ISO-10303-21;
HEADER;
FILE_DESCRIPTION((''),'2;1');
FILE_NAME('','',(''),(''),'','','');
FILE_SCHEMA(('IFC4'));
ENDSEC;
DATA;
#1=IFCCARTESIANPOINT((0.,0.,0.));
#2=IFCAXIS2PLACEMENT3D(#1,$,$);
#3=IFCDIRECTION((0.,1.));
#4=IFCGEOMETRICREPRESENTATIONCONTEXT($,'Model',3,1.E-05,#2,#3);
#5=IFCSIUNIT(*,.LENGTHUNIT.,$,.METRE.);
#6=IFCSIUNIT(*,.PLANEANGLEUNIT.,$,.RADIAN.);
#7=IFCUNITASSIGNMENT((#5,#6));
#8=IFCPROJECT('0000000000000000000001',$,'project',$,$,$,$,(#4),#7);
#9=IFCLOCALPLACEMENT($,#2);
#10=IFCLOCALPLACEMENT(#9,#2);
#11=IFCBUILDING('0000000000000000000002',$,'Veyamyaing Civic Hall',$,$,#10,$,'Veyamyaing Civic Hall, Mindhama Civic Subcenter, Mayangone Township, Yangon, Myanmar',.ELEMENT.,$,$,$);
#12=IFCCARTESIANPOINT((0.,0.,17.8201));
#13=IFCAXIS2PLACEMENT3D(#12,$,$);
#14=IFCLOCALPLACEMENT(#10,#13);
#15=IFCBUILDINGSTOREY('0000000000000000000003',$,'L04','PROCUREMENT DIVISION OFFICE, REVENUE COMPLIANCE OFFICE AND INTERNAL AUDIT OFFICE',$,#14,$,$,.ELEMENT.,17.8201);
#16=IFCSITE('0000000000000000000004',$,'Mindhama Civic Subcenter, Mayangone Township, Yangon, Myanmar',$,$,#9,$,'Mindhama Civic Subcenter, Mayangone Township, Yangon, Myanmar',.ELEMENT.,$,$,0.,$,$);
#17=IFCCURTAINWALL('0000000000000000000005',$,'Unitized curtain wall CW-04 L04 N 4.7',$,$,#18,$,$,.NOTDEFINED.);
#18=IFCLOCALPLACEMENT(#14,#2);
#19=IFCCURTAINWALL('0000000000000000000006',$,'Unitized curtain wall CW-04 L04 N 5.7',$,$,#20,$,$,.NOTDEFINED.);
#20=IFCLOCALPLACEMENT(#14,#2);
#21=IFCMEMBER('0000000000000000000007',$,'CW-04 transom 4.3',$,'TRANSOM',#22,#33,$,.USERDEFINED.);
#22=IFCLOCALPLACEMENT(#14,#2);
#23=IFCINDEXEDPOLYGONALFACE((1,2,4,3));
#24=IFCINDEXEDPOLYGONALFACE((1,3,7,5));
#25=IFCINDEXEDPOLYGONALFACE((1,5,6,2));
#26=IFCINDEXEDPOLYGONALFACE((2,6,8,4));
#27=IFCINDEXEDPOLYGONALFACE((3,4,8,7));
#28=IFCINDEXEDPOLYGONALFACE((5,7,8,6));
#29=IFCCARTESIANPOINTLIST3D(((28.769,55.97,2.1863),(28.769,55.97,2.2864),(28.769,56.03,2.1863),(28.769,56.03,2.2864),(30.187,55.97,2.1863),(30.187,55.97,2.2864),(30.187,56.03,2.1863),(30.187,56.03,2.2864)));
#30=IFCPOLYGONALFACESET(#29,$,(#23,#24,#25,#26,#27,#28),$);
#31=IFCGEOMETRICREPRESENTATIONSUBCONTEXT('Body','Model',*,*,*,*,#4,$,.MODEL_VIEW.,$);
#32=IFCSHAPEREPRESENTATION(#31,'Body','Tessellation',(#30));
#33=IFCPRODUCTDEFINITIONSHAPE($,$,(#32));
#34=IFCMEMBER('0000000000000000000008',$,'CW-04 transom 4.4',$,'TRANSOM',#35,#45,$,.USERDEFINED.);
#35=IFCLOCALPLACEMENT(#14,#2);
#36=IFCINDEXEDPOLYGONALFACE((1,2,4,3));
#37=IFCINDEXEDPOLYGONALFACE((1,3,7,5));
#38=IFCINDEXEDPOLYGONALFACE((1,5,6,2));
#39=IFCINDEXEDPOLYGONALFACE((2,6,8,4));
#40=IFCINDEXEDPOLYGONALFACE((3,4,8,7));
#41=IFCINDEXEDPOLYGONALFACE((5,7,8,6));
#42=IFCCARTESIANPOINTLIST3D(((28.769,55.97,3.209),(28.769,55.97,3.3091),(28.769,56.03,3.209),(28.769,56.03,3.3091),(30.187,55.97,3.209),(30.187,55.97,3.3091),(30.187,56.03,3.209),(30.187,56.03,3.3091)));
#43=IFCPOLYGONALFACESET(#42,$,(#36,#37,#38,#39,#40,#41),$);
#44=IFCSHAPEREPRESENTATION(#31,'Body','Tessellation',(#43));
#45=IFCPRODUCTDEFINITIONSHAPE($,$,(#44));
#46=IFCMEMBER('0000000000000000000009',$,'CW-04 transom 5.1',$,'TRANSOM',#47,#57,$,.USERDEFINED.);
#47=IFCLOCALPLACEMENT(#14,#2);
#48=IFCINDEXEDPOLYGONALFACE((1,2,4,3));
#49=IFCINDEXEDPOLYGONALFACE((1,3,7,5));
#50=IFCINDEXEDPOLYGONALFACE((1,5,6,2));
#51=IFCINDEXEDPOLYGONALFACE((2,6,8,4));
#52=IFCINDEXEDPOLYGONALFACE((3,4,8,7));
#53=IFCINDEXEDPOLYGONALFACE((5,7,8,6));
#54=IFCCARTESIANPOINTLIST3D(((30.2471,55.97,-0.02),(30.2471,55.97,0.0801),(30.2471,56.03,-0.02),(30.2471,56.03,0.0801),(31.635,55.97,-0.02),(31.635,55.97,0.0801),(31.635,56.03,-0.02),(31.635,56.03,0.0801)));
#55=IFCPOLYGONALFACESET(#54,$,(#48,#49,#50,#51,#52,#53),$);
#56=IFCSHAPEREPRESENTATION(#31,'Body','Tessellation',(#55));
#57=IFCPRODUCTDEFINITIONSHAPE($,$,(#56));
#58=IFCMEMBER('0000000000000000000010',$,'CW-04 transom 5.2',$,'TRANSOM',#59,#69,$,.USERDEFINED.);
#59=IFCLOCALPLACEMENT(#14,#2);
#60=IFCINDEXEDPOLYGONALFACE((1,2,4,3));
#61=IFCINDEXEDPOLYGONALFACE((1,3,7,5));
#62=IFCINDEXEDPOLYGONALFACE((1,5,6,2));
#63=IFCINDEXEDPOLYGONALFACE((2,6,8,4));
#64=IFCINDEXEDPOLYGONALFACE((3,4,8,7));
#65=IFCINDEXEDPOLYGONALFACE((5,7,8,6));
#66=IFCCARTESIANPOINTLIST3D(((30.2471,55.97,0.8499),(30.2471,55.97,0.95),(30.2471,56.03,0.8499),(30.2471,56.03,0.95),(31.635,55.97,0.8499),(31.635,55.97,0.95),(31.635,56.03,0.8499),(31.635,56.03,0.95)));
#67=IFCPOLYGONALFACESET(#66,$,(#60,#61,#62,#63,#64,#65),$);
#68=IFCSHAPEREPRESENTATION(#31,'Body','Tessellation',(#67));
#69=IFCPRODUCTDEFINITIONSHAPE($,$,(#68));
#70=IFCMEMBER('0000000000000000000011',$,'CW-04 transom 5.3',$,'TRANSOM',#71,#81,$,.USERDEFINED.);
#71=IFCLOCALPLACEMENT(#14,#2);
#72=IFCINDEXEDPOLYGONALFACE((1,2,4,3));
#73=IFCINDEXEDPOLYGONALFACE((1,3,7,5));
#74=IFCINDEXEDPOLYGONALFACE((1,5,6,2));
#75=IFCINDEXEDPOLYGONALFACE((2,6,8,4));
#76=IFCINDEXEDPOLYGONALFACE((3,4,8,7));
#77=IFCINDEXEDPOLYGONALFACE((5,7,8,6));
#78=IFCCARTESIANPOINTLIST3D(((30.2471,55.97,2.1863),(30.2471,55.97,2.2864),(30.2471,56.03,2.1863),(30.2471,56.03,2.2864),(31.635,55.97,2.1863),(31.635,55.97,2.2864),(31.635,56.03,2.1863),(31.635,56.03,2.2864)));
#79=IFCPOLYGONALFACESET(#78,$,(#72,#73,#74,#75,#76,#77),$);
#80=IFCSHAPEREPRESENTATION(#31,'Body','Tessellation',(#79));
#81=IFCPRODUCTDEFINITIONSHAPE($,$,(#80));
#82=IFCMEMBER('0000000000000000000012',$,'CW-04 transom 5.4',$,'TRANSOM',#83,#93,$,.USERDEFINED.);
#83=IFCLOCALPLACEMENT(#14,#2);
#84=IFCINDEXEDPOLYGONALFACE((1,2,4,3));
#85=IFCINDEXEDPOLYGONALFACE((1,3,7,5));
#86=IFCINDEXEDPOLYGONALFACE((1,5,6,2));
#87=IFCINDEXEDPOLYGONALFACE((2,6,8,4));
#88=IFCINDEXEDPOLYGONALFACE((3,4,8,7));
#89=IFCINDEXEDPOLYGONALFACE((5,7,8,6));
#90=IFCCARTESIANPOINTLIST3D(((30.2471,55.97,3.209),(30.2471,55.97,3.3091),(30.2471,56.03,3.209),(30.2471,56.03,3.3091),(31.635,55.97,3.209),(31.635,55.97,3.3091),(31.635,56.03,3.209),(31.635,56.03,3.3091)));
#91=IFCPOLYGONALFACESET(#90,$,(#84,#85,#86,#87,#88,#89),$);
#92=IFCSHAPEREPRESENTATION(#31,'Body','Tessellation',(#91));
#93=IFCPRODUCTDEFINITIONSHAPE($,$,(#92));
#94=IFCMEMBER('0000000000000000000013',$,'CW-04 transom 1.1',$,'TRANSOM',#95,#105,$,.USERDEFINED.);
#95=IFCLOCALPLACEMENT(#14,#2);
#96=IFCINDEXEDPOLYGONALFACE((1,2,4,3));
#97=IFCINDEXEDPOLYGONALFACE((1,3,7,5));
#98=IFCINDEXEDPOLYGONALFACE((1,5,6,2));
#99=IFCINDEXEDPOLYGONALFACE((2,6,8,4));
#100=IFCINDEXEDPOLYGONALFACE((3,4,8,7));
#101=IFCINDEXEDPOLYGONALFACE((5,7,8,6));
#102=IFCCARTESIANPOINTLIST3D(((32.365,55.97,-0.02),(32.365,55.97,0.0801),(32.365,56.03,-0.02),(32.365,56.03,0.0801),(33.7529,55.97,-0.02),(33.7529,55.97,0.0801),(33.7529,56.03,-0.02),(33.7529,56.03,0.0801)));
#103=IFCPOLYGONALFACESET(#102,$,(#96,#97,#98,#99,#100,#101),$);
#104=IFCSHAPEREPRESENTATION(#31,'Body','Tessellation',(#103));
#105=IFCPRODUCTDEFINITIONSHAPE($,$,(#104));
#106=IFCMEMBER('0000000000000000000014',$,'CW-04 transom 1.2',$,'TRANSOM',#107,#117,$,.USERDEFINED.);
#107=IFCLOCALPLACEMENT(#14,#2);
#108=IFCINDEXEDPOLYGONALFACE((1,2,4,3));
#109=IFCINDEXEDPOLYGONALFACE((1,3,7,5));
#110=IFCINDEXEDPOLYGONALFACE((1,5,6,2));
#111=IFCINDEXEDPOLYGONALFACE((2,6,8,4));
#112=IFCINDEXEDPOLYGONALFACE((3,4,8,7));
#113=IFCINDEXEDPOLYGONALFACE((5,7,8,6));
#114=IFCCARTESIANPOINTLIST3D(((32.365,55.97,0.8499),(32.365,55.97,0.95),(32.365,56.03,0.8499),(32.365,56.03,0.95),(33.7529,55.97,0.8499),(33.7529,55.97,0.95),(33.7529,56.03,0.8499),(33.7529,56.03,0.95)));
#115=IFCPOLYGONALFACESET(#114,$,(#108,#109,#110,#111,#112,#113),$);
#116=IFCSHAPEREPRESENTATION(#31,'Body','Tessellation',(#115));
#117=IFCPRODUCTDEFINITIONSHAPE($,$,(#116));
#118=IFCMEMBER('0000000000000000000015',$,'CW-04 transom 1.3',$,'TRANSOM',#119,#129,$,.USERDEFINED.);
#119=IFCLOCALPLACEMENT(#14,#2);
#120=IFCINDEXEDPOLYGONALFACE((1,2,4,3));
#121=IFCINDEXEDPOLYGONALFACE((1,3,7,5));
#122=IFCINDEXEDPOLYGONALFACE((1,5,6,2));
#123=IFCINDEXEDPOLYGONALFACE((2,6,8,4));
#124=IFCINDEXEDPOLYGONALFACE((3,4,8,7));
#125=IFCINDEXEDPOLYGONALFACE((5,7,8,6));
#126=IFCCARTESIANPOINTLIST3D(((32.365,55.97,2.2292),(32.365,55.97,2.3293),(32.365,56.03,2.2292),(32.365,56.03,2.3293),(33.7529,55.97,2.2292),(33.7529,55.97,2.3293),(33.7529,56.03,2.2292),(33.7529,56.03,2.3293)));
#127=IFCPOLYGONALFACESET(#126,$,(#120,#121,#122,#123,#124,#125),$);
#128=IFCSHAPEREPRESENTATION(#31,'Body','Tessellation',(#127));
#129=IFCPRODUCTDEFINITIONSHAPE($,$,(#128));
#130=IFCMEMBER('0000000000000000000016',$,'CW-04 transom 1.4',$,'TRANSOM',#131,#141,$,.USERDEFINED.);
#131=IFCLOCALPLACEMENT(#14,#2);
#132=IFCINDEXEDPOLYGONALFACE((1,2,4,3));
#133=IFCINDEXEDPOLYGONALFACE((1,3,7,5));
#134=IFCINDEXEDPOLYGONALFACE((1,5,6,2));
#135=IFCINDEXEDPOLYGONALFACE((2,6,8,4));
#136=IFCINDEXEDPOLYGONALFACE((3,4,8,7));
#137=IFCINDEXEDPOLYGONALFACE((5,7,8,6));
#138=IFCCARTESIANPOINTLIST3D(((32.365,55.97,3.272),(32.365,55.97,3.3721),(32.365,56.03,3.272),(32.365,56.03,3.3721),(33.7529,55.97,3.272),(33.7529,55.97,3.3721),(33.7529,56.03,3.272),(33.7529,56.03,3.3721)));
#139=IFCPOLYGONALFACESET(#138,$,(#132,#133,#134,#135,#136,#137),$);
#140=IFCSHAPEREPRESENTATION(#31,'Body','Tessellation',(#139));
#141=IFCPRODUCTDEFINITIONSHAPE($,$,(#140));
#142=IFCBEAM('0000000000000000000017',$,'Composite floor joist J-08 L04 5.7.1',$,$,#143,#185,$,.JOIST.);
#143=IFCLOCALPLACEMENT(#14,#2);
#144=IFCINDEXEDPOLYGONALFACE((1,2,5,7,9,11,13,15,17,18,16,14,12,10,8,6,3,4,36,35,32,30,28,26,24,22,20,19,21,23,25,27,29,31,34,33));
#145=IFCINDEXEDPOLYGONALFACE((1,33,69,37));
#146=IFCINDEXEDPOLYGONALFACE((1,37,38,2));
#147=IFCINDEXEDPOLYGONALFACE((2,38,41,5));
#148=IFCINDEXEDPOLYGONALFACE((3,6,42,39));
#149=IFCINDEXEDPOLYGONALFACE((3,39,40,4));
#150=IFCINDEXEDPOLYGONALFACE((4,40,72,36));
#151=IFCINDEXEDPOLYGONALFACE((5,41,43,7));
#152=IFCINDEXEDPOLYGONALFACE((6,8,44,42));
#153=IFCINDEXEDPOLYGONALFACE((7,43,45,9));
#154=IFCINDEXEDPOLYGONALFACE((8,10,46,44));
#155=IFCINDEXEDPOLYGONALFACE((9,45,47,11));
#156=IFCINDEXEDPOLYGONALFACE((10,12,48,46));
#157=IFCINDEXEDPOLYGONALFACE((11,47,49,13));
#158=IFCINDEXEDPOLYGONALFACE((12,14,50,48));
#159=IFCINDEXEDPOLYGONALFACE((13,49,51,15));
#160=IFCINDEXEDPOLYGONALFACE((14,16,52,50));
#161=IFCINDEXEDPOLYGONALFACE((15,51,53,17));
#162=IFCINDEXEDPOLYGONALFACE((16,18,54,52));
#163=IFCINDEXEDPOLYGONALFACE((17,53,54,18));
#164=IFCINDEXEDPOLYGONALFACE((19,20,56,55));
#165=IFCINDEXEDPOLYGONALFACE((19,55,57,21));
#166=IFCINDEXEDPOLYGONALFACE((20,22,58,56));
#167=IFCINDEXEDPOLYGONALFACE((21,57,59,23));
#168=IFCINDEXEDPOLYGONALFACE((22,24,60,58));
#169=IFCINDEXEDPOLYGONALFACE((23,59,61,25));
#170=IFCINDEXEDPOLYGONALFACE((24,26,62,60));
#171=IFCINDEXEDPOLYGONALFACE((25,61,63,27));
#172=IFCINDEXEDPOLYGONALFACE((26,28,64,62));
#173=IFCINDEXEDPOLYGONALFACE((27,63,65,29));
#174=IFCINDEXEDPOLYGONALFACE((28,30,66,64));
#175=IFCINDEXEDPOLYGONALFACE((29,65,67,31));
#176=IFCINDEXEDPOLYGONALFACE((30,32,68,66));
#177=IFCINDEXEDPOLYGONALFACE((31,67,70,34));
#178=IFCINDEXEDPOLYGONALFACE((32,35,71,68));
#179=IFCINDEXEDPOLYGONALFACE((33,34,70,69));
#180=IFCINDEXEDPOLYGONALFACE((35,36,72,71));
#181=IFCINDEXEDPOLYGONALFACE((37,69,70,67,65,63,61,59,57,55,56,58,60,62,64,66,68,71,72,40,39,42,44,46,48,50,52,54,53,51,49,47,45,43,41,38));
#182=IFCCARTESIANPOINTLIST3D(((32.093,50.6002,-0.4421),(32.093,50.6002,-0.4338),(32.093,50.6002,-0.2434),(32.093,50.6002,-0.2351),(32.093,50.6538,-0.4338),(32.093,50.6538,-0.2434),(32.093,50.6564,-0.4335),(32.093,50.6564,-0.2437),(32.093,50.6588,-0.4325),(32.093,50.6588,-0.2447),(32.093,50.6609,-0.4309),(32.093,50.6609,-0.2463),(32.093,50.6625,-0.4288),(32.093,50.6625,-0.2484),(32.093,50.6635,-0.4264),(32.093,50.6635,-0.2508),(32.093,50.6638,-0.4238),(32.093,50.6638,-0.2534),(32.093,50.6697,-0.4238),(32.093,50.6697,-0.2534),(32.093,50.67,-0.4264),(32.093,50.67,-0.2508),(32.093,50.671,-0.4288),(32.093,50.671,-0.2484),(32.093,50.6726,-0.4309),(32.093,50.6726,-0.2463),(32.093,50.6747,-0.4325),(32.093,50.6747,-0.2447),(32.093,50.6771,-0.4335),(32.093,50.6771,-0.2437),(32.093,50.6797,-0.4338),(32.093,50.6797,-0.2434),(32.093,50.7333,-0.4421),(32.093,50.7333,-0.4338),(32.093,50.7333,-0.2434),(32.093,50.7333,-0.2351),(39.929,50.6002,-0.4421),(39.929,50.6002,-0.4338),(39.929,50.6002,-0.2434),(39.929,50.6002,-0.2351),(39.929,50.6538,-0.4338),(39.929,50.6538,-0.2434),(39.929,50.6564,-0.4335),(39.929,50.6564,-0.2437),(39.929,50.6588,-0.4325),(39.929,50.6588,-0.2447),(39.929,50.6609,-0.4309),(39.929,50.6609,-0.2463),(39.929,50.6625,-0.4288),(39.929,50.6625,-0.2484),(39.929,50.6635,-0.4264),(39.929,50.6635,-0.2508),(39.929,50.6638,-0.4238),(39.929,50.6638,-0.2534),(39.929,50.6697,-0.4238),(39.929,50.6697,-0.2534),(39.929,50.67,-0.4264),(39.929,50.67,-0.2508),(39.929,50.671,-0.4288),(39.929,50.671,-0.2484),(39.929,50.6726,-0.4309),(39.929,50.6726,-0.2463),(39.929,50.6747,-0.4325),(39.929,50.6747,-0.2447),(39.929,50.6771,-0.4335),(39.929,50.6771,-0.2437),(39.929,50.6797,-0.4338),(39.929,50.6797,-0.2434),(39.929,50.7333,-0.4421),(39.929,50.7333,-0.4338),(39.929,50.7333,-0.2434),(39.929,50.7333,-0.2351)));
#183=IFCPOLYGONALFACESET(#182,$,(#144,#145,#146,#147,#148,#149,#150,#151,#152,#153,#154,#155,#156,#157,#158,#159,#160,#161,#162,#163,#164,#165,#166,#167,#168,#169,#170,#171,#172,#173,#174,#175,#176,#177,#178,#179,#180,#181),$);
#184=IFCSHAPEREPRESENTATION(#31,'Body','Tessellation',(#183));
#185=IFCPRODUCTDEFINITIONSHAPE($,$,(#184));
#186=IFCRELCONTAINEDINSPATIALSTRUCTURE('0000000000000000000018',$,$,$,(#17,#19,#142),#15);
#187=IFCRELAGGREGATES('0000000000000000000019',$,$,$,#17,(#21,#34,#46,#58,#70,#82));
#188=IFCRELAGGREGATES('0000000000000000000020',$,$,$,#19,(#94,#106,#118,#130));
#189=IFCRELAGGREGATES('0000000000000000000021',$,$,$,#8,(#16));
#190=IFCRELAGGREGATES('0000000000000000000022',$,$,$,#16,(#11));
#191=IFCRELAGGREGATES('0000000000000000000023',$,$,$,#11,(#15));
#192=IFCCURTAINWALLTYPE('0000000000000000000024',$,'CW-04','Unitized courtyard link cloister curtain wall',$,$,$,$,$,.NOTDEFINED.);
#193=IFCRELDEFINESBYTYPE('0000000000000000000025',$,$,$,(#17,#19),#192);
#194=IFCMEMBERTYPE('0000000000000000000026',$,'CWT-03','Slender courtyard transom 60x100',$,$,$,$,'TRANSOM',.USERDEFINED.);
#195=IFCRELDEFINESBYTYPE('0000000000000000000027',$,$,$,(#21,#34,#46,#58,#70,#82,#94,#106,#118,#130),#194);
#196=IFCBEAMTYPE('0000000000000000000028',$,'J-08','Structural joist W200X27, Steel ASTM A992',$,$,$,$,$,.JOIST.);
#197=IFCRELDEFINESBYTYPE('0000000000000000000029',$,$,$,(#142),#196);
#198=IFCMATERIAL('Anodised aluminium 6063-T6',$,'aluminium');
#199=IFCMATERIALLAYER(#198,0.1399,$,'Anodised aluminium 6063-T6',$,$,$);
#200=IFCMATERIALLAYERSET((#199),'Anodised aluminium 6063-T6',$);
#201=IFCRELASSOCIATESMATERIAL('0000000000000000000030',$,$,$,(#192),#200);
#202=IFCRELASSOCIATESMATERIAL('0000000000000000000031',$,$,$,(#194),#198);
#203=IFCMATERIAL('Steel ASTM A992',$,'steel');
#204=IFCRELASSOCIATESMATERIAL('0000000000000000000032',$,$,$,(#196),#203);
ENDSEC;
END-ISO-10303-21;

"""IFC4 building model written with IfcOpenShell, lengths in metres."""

from ifc_helpers import new_model, si_unit, direction, frame, origin, origin_2d, place, context, subcontext, project, spatial, rectangle, i_section, extrude, material, layer, layer_set, material_profile, profile_set, type_object, element, aggregate, save


model = new_model("IFC4")

# Units and contexts
model_context = context("Model", 3, precision=1e-05, world=origin(), true_north=direction((0.0, 1.0)))
body_context = subcontext(model_context, "Body", "Model", "MODEL_VIEW")
ifc_project = project(units=[si_unit("LENGTHUNIT", "METRE"), si_unit("PLANEANGLEUNIT", "RADIAN")], contexts=[model_context])

# Site, building, storey
site_placement = place(None, origin())
site = spatial("IfcSite", under=ifc_project, at=site_placement, Name="Mindhama Civic Subcenter, Mayangone Township, Yangon, Myanmar", LongName="Mindhama Civic Subcenter, Mayangone Township, Yangon, Myanmar", CompositionType="ELEMENT", RefElevation=0.0)
building_placement = place(site_placement, origin())
building = spatial("IfcBuilding", under=site, at=building_placement, Name="Veyamyaing Civic Hall", LongName="Veyamyaing Civic Hall, Mindhama Civic Subcenter, Mayangone Township, Yangon, Myanmar", CompositionType="ELEMENT")
storey_placement = place(building_placement, frame((0.0, 0.0, 17.8201)))
storey = spatial("IfcBuildingStorey", under=building, at=storey_placement, Name="L04", Description="PROCUREMENT DIVISION OFFICE, REVENUE COMPLIANCE OFFICE AND INTERNAL AUDIT OFFICE", CompositionType="ELEMENT", Elevation=17.8201)

# Shared definitions
ifc_material_1 = material(Name="Steel ASTM A992", Category="steel")

# Curtain wall
ifc_material_2 = material(Name="Anodised aluminium 6063-T6", Category="aluminium")
ifc_layer_1 = layer(ifc_material_2, 0.1399, Name="Anodised aluminium 6063-T6")
ifc_layer_set_1 = layer_set([ifc_layer_1], Name="Anodised aluminium 6063-T6")
curtain_wall_type = type_object("IfcCurtainWallType", Name="CW-04", Description="Unitized courtyard link cloister curtain wall", PredefinedType="NOTDEFINED", material=ifc_layer_set_1)
curtain_wall_1_placement = place(storey_placement, origin())
curtain_wall_1 = element("IfcCurtainWall", 1, at=curtain_wall_1_placement, inside=storey, type_object=curtain_wall_type, Name="Unitized curtain wall CW-04 L04 N 4.7", PredefinedType="NOTDEFINED")

# Curtain wall
curtain_wall_2_placement = place(storey_placement, origin())
curtain_wall_2 = element("IfcCurtainWall", 2, at=curtain_wall_2_placement, inside=storey, type_object=curtain_wall_type, Name="Unitized curtain wall CW-04 L04 N 5.7", PredefinedType="NOTDEFINED")

# Members
ifc_material_profile_1 = material_profile(ifc_material_2, rectangle(XDim=0.0601, YDim=0.1001, at=origin_2d()), Name="ALU-TRN-60X100")
ifc_profile_set_1 = profile_set([ifc_material_profile_1], Name="Anodised aluminium 6063-T6")
member_type_1 = type_object("IfcMemberType", Name="CWT-03", Description="Slender courtyard transom 60x100", ElementType="TRANSOM", PredefinedType="USERDEFINED", material=ifc_profile_set_1)
member_1_placement = place(storey_placement, frame((28.769, 56.0, 2.2363), z_axis=(1.0, 0.0, 0.0), x_axis=(0.0, 1.0, 0.0)))
member_1 = element("IfcMember", 3, at=member_1_placement, type_object=member_type_1, Name="CW-04 transom 4.3", ObjectType="TRANSOM", PredefinedType="USERDEFINED", context=body_context, shape_type="SweptSolid", body=[
    extrude(rectangle(XDim=0.0601, YDim=0.1001, at=origin_2d()), origin(), (0.0, 0.0, 1.0), 1.418),
])
member_2_placement = place(storey_placement, frame((28.769, 56.0, 3.259), z_axis=(1.0, 0.0, 0.0), x_axis=(0.0, 1.0, 0.0)))
member_2 = element("IfcMember", 4, at=member_2_placement, type_object=member_type_1, Name="CW-04 transom 4.4", ObjectType="TRANSOM", PredefinedType="USERDEFINED", context=body_context, shape_type="SweptSolid", body=[
    extrude(rectangle(XDim=0.0601, YDim=0.1001, at=origin_2d()), origin(), (0.0, 0.0, 1.0), 1.418),
])
member_3_placement = place(storey_placement, frame((30.2471, 56.0, 0.03), z_axis=(1.0, 0.0, 0.0), x_axis=(0.0, 1.0, 0.0)))
member_3 = element("IfcMember", 5, at=member_3_placement, type_object=member_type_1, Name="CW-04 transom 5.1", ObjectType="TRANSOM", PredefinedType="USERDEFINED", context=body_context, shape_type="SweptSolid", body=[
    extrude(rectangle(XDim=0.0601, YDim=0.1001, at=origin_2d()), origin(), (0.0, 0.0, 1.0), 1.3879),
])
member_4_placement = place(storey_placement, frame((30.2471, 56.0, 0.8999), z_axis=(1.0, 0.0, 0.0), x_axis=(0.0, 1.0, 0.0)))
member_4 = element("IfcMember", 6, at=member_4_placement, type_object=member_type_1, Name="CW-04 transom 5.2", ObjectType="TRANSOM", PredefinedType="USERDEFINED", context=body_context, shape_type="SweptSolid", body=[
    extrude(rectangle(XDim=0.0601, YDim=0.1001, at=origin_2d()), origin(), (0.0, 0.0, 1.0), 1.3879),
])
member_5_placement = place(storey_placement, frame((30.2471, 56.0, 2.2363), z_axis=(1.0, 0.0, 0.0), x_axis=(0.0, 1.0, 0.0)))
member_5 = element("IfcMember", 7, at=member_5_placement, type_object=member_type_1, Name="CW-04 transom 5.3", ObjectType="TRANSOM", PredefinedType="USERDEFINED", context=body_context, shape_type="SweptSolid", body=[
    extrude(rectangle(XDim=0.0601, YDim=0.1001, at=origin_2d()), origin(), (0.0, 0.0, 1.0), 1.3879),
])
member_6_placement = place(storey_placement, frame((30.2471, 56.0, 3.259), z_axis=(1.0, 0.0, 0.0), x_axis=(0.0, 1.0, 0.0)))
member_6 = element("IfcMember", 8, at=member_6_placement, type_object=member_type_1, Name="CW-04 transom 5.4", ObjectType="TRANSOM", PredefinedType="USERDEFINED", context=body_context, shape_type="SweptSolid", body=[
    extrude(rectangle(XDim=0.0601, YDim=0.1001, at=origin_2d()), origin(), (0.0, 0.0, 1.0), 1.3879),
])
member_7_placement = place(storey_placement, frame((32.365, 56.0, 0.03), z_axis=(1.0, 0.0, 0.0), x_axis=(0.0, 1.0, 0.0)))
member_7 = element("IfcMember", 9, at=member_7_placement, type_object=member_type_1, Name="CW-04 transom 1.1", ObjectType="TRANSOM", PredefinedType="USERDEFINED", context=body_context, shape_type="SweptSolid", body=[
    extrude(rectangle(XDim=0.0601, YDim=0.1001, at=origin_2d()), origin(), (0.0, 0.0, 1.0), 1.3879),
])
member_8_placement = place(storey_placement, frame((32.365, 56.0, 0.8999), z_axis=(1.0, 0.0, 0.0), x_axis=(0.0, 1.0, 0.0)))
member_8 = element("IfcMember", 10, at=member_8_placement, type_object=member_type_1, Name="CW-04 transom 1.2", ObjectType="TRANSOM", PredefinedType="USERDEFINED", context=body_context, shape_type="SweptSolid", body=[
    extrude(rectangle(XDim=0.0601, YDim=0.1001, at=origin_2d()), origin(), (0.0, 0.0, 1.0), 1.3879),
])
member_9_placement = place(storey_placement, frame((32.365, 56.0, 2.2793), z_axis=(1.0, 0.0, 0.0), x_axis=(0.0, 1.0, 0.0)))
member_9 = element("IfcMember", 11, at=member_9_placement, type_object=member_type_1, Name="CW-04 transom 1.3", ObjectType="TRANSOM", PredefinedType="USERDEFINED", context=body_context, shape_type="SweptSolid", body=[
    extrude(rectangle(XDim=0.0601, YDim=0.1001, at=origin_2d()), origin(), (0.0, 0.0, 1.0), 1.3879),
])
member_10_placement = place(storey_placement, frame((32.365, 56.0, 3.322), z_axis=(1.0, 0.0, 0.0), x_axis=(0.0, 1.0, 0.0)))
member_10 = element("IfcMember", 12, at=member_10_placement, type_object=member_type_1, Name="CW-04 transom 1.4", ObjectType="TRANSOM", PredefinedType="USERDEFINED", context=body_context, shape_type="SweptSolid", body=[
    extrude(rectangle(XDim=0.0601, YDim=0.1001, at=origin_2d()), origin(), (0.0, 0.0, 1.0), 1.3879),
])

# Beam
ifc_material_profile_2 = material_profile(ifc_material_1, i_section(OverallWidth=0.1331, OverallDepth=0.207, WebThickness=0.0059, FlangeThickness=0.0083, FilletRadius=0.01, at=origin_2d()), Name="W200X27")
ifc_profile_set_2 = profile_set([ifc_material_profile_2], Name="Steel ASTM A992")
beam_type_1 = type_object("IfcBeamType", Name="J-08", Description="Structural joist W200X27, Steel ASTM A992", PredefinedType="JOIST", material=ifc_profile_set_2)
for number, where, z_axis, x_axis, name in (
    (13, (32.093, 50.6667, -0.3386), (1.0, 0.0, 0.0), (0.0, 1.0, 0.0), "Composite floor joist J-08 L04 5.7.1"),
):
    element("IfcBeam", number, at=place(storey_placement, frame(where, z_axis=z_axis, x_axis=x_axis)), inside=storey, type_object=beam_type_1, Name=name, PredefinedType="JOIST", context=body_context, shape_type="SweptSolid", body=[
        extrude(i_section(OverallWidth=0.1331, OverallDepth=0.207, WebThickness=0.0059, FlangeThickness=0.0083, FilletRadius=0.01, at=origin_2d()), origin(), (0.0, 0.0, 1.0), 7.8359),
    ])

aggregate(curtain_wall_1, [member_1, member_2, member_3, member_4, member_5, member_6])
aggregate(curtain_wall_2, [member_7, member_8, member_9, member_10])

save(model, "model.ifc")
